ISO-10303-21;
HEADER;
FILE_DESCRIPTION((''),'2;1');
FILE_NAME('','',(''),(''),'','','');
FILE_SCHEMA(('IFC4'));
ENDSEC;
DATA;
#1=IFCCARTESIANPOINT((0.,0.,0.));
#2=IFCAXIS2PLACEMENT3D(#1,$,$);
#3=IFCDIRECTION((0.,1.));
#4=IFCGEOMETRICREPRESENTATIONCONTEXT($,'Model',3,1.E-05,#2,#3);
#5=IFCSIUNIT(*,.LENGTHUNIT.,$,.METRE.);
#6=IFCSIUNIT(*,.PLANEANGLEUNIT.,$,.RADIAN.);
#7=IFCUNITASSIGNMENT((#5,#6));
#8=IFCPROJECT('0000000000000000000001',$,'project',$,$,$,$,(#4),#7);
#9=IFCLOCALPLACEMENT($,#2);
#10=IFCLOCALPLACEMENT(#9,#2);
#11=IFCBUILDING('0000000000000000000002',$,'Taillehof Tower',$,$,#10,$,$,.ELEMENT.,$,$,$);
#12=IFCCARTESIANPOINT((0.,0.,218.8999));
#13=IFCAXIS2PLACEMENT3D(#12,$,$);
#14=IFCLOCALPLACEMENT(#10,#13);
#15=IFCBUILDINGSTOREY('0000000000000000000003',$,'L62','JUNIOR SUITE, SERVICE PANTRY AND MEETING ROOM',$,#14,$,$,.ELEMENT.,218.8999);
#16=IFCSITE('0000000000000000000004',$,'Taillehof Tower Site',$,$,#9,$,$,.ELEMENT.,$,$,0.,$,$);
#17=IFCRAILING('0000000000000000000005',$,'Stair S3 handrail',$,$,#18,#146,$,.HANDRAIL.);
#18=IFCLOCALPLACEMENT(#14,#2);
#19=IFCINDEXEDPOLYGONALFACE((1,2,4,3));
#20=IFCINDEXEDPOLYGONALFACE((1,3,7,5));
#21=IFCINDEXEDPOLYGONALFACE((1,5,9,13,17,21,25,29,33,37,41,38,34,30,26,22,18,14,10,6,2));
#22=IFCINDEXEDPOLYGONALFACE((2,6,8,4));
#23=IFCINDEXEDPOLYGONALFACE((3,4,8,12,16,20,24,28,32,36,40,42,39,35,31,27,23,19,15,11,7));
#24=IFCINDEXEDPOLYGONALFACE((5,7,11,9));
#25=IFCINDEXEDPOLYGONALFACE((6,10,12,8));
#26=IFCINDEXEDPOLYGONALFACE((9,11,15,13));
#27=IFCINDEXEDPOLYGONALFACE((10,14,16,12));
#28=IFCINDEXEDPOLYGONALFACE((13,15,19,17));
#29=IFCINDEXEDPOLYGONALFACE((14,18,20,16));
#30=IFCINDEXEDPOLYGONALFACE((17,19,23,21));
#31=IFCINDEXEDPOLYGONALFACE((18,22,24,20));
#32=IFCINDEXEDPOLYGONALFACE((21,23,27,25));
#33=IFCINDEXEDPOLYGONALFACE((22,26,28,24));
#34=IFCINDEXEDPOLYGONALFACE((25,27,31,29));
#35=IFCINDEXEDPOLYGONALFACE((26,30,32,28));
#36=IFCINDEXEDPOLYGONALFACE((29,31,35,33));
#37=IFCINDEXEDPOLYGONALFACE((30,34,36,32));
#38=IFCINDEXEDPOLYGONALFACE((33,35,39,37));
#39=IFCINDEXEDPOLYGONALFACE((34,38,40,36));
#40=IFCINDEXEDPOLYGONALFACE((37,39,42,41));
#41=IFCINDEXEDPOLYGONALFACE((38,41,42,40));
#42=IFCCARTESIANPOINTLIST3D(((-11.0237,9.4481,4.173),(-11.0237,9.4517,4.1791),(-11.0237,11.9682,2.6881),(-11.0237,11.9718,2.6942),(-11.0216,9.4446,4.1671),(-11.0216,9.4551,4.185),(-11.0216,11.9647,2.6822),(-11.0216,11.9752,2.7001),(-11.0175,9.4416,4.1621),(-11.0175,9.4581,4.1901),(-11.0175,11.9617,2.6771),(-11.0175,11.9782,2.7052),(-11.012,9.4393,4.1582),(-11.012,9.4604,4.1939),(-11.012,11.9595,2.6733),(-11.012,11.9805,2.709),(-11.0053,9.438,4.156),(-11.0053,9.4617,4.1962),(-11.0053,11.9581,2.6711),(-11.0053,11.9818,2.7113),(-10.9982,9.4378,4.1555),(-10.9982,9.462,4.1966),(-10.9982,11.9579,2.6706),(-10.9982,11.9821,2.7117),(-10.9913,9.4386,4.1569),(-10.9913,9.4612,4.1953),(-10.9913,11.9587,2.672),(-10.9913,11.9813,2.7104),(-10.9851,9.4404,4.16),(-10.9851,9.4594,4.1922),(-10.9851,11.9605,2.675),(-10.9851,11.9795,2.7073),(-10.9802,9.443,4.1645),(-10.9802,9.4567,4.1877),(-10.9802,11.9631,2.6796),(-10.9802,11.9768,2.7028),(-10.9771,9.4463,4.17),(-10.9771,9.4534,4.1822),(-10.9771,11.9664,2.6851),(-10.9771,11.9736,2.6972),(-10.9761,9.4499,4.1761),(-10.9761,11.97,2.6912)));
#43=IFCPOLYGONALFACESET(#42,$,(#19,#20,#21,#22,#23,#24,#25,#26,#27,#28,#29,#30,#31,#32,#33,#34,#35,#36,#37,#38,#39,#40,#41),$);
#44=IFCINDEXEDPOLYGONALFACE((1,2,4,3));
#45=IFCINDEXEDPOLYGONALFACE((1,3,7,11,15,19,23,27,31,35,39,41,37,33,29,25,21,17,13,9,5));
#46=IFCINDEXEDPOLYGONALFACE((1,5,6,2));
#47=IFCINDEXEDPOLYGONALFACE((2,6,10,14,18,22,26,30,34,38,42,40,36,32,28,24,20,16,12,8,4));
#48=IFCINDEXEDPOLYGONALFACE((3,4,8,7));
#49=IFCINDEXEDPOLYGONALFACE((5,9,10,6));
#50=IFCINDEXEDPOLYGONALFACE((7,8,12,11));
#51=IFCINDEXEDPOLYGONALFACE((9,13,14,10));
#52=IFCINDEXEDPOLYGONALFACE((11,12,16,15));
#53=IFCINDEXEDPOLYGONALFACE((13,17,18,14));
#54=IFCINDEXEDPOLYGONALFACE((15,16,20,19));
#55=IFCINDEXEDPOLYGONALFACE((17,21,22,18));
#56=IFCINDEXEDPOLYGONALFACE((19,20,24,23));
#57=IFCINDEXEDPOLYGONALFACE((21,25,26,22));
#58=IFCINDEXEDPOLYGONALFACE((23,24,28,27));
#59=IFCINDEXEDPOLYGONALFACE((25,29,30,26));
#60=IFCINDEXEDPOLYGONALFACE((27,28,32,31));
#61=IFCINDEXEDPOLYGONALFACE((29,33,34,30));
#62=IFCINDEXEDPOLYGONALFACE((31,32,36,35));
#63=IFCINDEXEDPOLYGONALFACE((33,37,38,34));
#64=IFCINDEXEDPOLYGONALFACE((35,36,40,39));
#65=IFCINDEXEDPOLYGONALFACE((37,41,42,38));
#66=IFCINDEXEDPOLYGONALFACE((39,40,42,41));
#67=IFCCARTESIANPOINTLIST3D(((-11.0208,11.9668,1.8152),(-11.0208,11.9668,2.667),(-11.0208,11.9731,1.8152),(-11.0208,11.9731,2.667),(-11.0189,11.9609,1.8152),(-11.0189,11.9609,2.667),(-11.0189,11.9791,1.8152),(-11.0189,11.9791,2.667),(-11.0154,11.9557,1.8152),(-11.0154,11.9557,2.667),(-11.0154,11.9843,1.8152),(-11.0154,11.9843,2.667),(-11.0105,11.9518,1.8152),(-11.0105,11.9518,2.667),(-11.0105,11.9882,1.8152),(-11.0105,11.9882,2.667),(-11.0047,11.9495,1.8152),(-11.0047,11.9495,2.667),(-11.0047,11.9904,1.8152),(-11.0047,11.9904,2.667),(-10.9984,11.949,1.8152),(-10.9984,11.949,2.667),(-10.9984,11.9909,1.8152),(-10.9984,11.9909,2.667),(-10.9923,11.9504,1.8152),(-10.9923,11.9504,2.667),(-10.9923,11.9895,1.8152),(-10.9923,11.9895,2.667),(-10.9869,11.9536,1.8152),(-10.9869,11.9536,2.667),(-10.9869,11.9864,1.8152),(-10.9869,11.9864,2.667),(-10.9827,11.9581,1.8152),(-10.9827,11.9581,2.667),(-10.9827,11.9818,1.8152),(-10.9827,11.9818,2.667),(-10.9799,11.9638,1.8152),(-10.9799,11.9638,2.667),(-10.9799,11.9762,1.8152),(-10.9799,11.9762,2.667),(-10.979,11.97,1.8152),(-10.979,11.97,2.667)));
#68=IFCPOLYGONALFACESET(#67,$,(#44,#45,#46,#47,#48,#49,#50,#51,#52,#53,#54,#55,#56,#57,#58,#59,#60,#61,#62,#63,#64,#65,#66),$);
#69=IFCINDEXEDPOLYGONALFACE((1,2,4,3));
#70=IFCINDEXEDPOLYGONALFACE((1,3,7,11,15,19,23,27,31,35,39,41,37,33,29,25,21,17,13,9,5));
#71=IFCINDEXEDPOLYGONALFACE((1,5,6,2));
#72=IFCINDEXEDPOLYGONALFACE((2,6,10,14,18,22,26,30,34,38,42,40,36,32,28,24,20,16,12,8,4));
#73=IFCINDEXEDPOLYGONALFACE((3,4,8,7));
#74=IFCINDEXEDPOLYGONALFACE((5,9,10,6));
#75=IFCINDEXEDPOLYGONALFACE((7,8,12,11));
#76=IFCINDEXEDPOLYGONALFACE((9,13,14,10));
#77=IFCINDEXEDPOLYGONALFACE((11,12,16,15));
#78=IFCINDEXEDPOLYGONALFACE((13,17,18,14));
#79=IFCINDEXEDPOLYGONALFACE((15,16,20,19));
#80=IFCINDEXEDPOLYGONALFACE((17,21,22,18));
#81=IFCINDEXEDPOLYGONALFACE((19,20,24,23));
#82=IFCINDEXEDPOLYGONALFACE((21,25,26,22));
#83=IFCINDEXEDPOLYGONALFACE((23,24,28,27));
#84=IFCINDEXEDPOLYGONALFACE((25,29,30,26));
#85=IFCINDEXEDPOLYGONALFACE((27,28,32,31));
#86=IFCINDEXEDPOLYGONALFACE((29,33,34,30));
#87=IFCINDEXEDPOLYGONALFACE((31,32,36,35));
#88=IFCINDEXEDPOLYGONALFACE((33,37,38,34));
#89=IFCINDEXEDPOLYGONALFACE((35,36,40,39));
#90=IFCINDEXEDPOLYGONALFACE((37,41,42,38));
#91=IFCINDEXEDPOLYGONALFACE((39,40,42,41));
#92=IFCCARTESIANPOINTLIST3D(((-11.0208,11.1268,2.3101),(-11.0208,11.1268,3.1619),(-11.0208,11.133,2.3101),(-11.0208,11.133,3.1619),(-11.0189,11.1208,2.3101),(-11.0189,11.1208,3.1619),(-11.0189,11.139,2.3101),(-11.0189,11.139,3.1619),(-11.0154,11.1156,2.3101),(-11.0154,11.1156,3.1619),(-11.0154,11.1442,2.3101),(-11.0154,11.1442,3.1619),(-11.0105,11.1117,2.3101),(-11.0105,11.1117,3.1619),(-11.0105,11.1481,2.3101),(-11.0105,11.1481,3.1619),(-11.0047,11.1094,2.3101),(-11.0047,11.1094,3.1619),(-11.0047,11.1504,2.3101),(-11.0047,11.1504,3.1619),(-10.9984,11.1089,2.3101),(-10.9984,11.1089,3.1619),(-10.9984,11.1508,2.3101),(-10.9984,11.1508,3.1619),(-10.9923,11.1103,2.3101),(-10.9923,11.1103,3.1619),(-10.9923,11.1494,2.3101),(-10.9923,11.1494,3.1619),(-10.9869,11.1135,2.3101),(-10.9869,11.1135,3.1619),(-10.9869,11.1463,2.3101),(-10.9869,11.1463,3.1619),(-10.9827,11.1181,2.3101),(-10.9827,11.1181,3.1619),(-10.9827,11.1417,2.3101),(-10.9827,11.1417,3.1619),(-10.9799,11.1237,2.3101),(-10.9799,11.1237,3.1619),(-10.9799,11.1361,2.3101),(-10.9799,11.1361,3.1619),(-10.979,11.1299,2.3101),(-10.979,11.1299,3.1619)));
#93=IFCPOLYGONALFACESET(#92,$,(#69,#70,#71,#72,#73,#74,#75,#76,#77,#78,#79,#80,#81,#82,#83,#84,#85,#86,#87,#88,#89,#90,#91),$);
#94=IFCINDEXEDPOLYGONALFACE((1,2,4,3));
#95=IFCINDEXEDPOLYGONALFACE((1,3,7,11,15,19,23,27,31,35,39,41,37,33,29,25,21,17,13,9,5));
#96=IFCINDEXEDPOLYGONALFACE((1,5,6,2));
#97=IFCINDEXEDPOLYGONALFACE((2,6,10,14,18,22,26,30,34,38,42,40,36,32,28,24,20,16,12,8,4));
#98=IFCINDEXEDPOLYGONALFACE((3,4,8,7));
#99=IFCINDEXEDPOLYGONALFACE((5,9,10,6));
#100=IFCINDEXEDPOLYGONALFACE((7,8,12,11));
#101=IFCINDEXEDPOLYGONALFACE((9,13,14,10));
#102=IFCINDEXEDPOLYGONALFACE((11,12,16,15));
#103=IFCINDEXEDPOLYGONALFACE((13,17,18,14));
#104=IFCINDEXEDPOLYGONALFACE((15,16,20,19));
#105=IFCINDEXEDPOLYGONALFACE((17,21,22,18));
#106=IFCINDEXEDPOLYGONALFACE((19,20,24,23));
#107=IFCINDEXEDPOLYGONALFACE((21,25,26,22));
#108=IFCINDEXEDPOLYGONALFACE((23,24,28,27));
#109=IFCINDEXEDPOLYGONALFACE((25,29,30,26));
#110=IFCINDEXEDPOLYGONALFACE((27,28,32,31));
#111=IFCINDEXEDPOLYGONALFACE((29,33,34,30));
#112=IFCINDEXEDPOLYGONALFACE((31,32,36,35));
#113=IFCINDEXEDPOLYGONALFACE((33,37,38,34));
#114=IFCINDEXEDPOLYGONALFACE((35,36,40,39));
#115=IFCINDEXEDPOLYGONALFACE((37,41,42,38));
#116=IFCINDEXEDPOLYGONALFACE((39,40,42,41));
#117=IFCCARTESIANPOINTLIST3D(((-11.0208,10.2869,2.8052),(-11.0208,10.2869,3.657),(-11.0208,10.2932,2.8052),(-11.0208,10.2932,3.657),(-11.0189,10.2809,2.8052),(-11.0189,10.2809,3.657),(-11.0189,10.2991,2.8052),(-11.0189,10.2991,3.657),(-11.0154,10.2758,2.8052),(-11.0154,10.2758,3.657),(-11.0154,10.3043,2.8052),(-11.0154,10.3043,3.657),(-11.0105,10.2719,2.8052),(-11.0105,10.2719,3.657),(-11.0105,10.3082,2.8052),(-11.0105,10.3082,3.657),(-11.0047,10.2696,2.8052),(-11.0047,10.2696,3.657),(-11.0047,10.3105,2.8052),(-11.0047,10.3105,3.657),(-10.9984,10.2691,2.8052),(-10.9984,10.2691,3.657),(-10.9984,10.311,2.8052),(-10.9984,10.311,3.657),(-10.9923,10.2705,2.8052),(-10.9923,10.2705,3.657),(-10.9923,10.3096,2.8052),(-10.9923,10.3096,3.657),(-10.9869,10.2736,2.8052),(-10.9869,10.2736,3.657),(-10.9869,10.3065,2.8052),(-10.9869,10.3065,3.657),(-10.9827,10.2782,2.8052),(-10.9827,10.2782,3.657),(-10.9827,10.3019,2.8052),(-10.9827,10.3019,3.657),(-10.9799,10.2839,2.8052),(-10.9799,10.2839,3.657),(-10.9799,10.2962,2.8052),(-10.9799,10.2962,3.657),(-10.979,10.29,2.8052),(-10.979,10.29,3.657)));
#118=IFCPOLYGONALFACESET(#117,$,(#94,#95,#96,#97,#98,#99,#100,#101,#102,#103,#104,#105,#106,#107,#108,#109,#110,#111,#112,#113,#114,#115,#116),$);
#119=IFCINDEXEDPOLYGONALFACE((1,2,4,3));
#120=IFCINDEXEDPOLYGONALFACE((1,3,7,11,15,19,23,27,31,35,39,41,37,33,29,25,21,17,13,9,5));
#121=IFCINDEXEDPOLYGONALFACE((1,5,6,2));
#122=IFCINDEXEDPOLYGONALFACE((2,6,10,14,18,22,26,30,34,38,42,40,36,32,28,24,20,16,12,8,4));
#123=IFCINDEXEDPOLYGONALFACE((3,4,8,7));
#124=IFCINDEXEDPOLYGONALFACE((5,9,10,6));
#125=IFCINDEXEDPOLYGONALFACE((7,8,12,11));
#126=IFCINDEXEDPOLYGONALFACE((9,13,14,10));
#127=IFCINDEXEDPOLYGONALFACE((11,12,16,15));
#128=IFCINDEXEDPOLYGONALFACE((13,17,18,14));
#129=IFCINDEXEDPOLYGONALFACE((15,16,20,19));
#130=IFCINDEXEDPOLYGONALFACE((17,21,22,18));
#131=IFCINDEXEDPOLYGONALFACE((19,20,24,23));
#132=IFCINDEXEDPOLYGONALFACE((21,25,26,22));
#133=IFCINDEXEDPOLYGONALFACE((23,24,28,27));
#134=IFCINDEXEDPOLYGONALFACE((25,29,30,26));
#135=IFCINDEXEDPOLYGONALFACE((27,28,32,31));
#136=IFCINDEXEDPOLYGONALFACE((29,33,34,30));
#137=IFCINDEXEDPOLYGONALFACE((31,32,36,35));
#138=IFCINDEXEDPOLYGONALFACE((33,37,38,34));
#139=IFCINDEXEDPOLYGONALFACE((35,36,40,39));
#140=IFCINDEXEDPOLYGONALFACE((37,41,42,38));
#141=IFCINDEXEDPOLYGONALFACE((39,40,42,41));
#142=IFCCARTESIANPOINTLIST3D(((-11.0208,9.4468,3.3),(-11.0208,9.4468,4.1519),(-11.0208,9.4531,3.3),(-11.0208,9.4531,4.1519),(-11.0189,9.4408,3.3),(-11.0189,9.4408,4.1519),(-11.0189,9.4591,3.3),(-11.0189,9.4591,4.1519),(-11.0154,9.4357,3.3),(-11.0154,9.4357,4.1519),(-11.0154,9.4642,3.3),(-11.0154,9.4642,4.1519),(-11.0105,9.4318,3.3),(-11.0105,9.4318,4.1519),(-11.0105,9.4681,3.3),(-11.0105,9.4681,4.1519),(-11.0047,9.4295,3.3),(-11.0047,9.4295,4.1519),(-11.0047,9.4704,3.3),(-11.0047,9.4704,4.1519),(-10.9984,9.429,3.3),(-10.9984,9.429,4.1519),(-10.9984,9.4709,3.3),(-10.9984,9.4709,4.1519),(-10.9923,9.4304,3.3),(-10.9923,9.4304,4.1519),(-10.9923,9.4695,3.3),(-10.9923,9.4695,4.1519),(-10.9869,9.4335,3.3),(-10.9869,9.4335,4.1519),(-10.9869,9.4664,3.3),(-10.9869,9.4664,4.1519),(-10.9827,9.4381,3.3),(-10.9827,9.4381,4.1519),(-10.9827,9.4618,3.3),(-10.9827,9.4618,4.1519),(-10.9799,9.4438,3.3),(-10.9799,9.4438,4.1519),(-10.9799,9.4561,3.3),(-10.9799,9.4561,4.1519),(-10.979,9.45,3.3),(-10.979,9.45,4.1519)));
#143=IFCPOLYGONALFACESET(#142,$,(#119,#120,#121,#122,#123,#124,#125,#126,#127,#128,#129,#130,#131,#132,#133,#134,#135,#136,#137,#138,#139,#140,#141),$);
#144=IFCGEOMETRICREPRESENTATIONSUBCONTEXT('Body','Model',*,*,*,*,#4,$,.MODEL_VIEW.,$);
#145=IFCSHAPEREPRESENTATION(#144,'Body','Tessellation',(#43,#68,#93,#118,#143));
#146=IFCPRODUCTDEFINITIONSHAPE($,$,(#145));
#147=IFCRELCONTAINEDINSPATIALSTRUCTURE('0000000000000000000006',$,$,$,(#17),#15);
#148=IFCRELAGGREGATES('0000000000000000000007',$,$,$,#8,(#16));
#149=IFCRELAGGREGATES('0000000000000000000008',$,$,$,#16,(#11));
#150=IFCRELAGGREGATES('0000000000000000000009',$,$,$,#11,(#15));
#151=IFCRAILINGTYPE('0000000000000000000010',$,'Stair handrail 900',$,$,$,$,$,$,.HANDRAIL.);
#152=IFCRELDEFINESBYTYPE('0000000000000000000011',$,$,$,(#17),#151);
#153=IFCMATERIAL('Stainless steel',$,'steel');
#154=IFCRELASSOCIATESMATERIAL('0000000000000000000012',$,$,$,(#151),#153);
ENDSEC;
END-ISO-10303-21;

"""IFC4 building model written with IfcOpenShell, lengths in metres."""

from ifc_helpers import new_model, si_unit, direction, frame, origin, origin_2d, place, context, subcontext, project, spatial, circle, extrude, material, type_object, element, save


model = new_model("IFC4")

# Units and contexts
model_context = context("Model", 3, precision=1e-05, world=origin(), true_north=direction((0.0, 1.0)))
body_context = subcontext(model_context, "Body", "Model", "MODEL_VIEW")
ifc_project = project(units=[si_unit("LENGTHUNIT", "METRE"), si_unit("PLANEANGLEUNIT", "RADIAN")], contexts=[model_context])

# Site, building, storey
site_placement = place(None, origin())
site = spatial("IfcSite", under=ifc_project, at=site_placement, Name="Taillehof Tower Site", CompositionType="ELEMENT", RefElevation=0.0)
building_placement = place(site_placement, origin())
building = spatial("IfcBuilding", under=site, at=building_placement, Name="Taillehof Tower", CompositionType="ELEMENT")
storey_placement = place(building_placement, frame((0.0, 0.0, 218.8999)))
storey = spatial("IfcBuildingStorey", under=building, at=storey_placement, Name="L62", Description="JUNIOR SUITE, SERVICE PANTRY AND MEETING ROOM", CompositionType="ELEMENT", Elevation=218.8999)

# Railing
ifc_material_1 = material(Name="Stainless steel", Category="steel")
railing_type = type_object("IfcRailingType", Name="Stair handrail 900", PredefinedType="HANDRAIL", material=ifc_material_1)
railing_placement = place(storey_placement, frame((-11.0, 11.97, 1.8152)))
element("IfcRailing", 1, at=railing_placement, inside=storey, type_object=railing_type, Name="Stair S3 handrail", PredefinedType="HANDRAIL", context=body_context, shape_type="SweptSolid", body=[
    extrude(circle(Radius=0.0239, at=origin_2d()), frame((0.0, 0.0, 0.876), z_axis=(0.0, -0.861561, 0.507655), x_axis=(1.0, 0.0, 0.0)), (0.0, 0.0, 1.0), 2.925),
    extrude(circle(Radius=0.021, at=origin_2d()), origin(), (0.0, 0.0, 1.0), 0.8518),
    extrude(circle(Radius=0.021, at=origin_2d()), frame((0.0, -0.8401, 0.4949)), (0.0, 0.0, 1.0), 0.8518),
    extrude(circle(Radius=0.021, at=origin_2d()), frame((0.0, -1.6799, 0.99)), (0.0, 0.0, 1.0), 0.8518),
    extrude(circle(Radius=0.021, at=origin_2d()), frame((0.0, -2.52, 1.4849)), (0.0, 0.0, 1.0), 0.8518),
])

save(model, "model.ifc")
